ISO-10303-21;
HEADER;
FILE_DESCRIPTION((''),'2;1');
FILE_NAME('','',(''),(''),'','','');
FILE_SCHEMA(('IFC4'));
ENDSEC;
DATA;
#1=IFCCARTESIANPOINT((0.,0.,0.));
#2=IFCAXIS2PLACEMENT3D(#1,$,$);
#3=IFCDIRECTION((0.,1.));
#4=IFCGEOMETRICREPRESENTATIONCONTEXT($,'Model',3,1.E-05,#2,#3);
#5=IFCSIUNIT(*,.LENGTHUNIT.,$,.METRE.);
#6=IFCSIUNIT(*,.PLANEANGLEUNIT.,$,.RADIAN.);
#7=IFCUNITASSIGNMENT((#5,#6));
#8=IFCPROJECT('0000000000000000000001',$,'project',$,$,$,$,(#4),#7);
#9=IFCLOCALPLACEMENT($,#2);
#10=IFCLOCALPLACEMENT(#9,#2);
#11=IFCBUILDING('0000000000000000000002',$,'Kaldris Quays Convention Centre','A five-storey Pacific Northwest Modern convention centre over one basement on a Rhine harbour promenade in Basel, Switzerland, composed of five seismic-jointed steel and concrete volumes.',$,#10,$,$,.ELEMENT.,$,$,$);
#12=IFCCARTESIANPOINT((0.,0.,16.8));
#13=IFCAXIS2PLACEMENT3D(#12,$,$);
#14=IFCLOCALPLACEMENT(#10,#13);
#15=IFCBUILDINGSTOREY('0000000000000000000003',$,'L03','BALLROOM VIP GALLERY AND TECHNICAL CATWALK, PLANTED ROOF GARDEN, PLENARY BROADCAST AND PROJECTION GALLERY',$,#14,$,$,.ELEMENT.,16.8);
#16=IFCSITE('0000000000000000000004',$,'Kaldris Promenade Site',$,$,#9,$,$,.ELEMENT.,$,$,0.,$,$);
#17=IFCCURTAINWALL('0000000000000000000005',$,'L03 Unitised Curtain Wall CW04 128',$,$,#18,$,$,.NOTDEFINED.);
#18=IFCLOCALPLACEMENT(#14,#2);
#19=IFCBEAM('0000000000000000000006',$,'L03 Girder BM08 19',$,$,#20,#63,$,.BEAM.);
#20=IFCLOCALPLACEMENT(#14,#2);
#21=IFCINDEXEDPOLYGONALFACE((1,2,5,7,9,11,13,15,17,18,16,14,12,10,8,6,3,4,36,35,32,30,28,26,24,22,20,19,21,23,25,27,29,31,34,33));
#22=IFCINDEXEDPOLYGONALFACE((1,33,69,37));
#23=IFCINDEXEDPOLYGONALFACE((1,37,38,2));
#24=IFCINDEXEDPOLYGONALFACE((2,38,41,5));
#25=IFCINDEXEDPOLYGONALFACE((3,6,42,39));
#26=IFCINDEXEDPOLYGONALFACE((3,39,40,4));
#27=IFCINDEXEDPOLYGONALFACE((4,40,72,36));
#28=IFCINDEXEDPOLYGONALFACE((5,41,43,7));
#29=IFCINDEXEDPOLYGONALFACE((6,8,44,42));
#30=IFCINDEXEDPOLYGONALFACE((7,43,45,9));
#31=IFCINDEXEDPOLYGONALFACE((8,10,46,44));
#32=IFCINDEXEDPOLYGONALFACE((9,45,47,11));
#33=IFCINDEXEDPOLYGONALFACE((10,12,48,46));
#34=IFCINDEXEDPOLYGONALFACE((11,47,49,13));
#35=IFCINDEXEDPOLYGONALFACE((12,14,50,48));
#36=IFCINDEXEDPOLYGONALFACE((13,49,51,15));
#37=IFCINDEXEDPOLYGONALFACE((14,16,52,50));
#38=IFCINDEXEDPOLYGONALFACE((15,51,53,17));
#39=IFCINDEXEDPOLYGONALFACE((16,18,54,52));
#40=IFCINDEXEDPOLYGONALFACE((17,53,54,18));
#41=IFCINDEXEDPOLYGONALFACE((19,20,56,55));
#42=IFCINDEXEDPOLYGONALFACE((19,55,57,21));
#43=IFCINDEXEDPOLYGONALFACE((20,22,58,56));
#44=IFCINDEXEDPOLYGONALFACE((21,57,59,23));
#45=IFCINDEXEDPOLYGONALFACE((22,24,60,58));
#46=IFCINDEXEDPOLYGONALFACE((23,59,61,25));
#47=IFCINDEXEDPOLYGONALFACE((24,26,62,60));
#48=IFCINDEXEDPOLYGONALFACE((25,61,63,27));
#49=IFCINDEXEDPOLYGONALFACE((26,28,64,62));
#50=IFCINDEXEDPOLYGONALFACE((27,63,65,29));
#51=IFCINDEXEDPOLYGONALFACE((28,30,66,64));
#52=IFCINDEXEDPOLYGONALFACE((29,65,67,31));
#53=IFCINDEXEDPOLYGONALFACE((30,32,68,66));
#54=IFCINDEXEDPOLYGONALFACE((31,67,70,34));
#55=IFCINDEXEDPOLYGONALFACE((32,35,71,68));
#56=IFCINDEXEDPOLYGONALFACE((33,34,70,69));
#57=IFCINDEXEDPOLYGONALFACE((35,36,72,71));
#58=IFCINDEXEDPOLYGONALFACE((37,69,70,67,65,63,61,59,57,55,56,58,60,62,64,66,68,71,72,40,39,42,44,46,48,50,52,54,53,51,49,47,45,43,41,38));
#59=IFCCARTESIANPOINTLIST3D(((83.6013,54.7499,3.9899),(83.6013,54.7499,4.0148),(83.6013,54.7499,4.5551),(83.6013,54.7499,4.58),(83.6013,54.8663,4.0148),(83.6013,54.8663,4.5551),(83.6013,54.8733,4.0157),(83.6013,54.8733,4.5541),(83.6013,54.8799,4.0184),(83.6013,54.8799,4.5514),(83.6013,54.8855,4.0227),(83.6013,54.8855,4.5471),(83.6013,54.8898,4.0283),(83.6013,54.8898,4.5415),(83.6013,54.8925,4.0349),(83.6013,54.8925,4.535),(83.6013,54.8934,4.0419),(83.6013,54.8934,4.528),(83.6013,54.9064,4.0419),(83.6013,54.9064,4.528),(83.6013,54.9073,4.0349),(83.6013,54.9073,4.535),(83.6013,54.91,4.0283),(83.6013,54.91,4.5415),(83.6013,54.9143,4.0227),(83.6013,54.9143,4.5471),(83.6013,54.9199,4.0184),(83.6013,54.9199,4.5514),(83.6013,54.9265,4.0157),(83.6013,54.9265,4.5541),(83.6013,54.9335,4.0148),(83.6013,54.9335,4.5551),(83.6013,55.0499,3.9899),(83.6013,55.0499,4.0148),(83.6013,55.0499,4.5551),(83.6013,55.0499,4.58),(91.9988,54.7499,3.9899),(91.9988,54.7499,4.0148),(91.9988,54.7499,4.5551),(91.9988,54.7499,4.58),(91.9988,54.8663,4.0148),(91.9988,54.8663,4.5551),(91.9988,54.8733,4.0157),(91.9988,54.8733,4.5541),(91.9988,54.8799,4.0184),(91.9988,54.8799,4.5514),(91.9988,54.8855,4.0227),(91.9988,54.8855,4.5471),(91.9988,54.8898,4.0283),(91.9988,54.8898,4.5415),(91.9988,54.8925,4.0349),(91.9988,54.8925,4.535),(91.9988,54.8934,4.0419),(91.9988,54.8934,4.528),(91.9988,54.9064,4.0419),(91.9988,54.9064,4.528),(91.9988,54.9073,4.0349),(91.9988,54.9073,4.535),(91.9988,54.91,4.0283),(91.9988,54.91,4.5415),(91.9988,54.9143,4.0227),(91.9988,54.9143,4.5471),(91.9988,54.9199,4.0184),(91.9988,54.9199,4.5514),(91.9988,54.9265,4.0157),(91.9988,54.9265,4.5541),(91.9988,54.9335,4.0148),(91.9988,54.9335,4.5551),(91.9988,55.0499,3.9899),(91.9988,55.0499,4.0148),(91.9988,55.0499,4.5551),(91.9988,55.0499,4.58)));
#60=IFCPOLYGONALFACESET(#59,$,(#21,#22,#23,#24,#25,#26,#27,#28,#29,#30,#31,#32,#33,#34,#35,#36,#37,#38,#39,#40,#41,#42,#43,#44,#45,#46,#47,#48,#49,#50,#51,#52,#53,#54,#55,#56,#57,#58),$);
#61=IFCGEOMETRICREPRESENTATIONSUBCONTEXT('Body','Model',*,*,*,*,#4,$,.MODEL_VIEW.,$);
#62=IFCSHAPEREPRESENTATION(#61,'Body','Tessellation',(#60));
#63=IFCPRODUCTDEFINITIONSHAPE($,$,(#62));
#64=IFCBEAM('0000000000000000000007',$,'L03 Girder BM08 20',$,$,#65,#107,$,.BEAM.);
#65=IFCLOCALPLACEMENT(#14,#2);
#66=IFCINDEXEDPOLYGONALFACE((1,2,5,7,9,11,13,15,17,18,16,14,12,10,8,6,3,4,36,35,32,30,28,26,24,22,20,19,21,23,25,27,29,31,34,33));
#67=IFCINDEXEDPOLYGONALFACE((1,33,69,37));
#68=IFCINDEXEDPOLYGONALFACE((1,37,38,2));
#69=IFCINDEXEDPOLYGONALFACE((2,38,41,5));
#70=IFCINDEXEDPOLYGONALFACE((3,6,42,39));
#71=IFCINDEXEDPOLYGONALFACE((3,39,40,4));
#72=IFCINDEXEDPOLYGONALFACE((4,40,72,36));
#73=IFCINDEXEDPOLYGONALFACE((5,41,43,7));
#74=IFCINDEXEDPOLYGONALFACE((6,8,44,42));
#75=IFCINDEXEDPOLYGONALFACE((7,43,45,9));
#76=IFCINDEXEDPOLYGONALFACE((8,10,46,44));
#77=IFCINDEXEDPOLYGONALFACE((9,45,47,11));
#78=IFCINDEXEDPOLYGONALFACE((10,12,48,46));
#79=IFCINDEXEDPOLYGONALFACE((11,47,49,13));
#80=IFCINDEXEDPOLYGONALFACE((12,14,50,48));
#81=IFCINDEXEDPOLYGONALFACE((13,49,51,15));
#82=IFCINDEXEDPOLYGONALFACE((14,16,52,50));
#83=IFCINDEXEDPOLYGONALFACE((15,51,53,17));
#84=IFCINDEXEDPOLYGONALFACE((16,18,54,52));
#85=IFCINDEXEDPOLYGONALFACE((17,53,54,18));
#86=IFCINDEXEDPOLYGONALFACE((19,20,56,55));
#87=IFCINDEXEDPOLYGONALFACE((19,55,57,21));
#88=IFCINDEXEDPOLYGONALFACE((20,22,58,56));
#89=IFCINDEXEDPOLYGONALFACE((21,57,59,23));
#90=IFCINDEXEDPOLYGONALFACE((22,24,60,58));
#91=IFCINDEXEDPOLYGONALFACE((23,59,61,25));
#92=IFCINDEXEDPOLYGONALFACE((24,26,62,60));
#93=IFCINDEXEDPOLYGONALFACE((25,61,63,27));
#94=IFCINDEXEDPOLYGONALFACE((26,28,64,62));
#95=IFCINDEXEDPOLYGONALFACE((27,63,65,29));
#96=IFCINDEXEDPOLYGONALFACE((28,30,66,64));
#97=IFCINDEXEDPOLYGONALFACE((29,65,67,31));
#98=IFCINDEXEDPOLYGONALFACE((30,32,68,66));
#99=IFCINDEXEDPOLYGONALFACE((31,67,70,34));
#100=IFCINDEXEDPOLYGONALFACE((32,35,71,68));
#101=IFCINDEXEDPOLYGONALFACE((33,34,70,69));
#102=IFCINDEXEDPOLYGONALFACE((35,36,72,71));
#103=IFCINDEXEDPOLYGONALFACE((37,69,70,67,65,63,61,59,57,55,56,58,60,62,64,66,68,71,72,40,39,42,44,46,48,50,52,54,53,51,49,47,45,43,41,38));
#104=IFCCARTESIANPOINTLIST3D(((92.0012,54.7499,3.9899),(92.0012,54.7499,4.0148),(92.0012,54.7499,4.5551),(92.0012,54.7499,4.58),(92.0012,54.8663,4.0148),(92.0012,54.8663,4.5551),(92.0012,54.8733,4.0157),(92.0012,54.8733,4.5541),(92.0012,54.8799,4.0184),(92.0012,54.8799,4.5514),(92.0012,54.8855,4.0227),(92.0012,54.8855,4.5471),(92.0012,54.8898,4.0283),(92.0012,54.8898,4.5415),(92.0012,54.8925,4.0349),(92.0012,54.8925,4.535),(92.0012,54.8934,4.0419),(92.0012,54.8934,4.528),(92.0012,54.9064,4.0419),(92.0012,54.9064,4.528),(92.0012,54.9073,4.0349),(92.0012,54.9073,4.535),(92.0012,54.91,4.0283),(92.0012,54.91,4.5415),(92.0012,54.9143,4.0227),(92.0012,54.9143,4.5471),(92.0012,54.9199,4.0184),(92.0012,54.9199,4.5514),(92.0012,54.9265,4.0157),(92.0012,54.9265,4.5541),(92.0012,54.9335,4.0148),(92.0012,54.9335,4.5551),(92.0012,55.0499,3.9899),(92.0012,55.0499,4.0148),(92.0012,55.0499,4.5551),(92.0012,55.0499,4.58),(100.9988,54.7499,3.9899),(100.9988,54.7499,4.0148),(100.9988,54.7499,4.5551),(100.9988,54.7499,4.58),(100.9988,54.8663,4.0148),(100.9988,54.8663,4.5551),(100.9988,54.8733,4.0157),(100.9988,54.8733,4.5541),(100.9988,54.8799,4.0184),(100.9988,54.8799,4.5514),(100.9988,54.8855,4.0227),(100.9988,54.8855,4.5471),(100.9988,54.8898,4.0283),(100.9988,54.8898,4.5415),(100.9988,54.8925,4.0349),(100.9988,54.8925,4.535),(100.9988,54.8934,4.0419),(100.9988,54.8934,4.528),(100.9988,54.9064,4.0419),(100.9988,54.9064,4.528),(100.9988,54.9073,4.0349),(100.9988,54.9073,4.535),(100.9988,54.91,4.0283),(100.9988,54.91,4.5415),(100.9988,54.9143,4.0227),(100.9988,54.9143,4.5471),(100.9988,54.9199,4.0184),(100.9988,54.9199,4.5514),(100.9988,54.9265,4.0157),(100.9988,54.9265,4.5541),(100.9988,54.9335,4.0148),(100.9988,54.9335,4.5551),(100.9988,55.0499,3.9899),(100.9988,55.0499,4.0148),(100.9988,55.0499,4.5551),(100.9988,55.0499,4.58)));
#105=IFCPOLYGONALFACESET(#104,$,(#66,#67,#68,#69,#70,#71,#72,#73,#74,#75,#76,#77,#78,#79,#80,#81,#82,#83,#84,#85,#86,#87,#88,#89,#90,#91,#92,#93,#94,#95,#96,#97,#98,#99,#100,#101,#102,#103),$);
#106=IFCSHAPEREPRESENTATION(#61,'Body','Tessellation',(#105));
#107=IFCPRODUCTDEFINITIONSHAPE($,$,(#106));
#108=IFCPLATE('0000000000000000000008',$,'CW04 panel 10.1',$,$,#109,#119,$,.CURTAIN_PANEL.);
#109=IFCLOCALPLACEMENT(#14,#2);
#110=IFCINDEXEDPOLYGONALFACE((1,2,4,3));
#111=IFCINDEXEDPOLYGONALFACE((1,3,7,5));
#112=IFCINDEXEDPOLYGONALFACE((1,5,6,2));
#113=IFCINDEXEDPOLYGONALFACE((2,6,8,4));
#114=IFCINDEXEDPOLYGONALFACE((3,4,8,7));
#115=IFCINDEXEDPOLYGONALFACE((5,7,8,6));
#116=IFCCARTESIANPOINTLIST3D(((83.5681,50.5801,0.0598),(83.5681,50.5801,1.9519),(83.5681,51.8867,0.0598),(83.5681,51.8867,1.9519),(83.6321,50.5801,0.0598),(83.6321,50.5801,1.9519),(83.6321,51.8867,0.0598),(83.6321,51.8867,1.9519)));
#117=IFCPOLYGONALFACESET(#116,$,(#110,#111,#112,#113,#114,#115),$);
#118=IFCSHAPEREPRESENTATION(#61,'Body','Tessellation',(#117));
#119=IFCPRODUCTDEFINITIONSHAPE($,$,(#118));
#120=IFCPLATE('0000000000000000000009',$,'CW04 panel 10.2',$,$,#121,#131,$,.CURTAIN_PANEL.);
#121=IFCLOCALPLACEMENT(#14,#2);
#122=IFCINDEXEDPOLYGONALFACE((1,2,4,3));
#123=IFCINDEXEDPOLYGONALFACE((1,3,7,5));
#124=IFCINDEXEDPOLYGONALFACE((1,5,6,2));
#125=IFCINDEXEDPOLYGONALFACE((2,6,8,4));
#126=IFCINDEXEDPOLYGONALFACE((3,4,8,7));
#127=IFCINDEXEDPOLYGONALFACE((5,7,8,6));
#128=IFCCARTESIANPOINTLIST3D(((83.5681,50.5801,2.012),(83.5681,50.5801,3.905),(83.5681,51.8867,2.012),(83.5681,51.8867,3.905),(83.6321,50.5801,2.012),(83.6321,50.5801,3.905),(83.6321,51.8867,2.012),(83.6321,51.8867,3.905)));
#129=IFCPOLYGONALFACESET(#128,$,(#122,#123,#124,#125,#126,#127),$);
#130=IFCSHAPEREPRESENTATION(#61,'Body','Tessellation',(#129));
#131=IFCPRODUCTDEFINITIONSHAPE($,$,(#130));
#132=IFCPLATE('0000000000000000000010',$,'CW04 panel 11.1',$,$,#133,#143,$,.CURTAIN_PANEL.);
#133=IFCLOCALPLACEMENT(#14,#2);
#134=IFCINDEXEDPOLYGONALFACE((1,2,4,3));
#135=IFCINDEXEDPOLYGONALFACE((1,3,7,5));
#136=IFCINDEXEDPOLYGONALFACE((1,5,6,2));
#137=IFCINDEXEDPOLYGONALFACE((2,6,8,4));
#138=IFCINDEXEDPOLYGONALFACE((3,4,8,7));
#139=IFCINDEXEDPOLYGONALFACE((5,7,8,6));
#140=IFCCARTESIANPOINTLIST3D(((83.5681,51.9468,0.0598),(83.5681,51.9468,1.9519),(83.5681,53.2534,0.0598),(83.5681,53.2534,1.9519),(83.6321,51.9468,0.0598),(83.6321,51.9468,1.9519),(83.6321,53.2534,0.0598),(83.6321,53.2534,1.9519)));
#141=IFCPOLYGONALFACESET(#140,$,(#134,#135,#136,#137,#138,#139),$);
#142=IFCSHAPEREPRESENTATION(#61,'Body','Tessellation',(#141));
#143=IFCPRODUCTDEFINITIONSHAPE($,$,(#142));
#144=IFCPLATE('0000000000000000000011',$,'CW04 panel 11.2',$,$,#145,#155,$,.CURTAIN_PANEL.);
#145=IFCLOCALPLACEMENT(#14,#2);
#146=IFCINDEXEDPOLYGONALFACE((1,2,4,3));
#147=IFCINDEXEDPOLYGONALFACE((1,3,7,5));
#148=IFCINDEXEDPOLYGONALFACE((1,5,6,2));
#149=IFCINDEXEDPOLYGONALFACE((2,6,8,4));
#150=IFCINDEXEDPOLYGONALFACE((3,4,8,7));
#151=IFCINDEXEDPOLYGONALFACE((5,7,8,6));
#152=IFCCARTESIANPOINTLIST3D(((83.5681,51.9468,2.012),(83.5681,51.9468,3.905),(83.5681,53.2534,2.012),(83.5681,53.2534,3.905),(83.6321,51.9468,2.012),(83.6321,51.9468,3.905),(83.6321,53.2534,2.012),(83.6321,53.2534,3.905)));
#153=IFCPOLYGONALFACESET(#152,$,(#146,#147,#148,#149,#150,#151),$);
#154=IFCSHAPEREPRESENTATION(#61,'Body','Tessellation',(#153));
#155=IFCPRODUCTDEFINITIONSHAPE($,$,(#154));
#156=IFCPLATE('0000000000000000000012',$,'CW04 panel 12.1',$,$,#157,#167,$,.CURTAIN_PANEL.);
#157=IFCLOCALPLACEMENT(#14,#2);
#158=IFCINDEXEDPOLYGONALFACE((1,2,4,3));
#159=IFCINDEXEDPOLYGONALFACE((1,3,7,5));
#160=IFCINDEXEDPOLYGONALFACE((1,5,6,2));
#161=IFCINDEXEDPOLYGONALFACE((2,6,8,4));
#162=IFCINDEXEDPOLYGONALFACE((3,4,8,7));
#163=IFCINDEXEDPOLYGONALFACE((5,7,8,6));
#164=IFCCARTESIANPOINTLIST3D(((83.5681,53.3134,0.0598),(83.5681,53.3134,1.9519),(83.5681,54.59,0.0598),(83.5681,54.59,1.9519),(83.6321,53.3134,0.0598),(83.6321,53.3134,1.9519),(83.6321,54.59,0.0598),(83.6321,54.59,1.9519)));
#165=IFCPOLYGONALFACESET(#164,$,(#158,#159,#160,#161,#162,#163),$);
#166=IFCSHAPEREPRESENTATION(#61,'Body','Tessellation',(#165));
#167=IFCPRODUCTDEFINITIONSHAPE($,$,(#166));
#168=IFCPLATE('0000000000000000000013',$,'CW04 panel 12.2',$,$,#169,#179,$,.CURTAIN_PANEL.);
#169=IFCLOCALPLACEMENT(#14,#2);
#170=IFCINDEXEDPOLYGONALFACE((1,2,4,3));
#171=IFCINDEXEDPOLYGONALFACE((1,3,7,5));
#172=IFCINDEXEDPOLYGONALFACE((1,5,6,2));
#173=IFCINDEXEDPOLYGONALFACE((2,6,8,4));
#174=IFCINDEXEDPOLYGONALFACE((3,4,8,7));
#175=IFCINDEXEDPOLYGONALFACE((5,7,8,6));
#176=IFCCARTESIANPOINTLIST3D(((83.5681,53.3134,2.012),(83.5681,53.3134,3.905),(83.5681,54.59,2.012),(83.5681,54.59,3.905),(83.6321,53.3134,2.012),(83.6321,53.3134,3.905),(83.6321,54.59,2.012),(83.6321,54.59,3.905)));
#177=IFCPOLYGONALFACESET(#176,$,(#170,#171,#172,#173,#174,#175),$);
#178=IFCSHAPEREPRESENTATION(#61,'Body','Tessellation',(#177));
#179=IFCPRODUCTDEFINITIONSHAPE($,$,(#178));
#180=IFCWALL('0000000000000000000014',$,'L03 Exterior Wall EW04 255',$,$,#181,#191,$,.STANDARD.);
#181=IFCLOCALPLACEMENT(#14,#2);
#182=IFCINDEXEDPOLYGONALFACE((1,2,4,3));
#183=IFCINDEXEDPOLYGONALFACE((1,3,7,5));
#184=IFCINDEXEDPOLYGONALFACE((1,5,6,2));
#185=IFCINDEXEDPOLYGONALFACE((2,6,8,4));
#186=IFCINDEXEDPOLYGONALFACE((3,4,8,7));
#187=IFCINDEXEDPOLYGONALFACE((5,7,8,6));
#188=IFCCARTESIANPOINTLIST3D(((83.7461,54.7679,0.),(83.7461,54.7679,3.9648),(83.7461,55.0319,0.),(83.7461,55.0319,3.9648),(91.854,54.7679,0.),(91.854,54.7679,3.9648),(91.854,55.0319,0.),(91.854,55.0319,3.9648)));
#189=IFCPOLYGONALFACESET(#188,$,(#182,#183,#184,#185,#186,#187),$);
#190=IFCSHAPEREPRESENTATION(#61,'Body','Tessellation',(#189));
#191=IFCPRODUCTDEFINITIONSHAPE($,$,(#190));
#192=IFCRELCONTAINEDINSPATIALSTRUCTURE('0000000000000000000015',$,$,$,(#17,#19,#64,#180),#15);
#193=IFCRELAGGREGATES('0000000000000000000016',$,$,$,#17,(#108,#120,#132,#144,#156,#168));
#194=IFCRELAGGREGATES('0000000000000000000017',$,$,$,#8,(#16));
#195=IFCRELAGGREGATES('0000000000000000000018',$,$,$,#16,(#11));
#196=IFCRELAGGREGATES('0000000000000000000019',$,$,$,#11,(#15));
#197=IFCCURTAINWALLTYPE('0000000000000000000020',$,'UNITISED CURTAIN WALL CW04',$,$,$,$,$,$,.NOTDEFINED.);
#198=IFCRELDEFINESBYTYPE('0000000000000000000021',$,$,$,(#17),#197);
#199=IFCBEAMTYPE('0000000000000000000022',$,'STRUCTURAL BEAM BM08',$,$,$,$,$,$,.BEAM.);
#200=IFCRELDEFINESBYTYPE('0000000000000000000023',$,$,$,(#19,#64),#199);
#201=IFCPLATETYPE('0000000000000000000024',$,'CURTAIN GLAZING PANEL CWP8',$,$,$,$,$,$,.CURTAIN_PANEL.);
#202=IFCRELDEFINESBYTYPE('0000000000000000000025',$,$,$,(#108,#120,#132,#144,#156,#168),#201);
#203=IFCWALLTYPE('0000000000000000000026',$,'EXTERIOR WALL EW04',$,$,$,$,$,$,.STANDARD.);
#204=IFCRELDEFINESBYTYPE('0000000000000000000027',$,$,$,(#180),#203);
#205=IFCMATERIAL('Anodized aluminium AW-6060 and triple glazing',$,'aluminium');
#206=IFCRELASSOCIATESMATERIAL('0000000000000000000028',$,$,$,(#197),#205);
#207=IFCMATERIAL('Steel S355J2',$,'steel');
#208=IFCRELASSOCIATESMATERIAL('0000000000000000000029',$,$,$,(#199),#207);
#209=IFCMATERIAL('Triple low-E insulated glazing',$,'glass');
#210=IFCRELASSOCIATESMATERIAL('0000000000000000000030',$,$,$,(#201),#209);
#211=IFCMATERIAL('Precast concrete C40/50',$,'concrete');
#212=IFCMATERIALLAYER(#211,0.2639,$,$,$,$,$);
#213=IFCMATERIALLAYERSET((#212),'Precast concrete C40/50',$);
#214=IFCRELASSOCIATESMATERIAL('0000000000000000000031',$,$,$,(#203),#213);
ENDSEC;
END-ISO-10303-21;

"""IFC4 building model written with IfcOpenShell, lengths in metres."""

from ifc_helpers import new_model, si_unit, direction, frame, frame_2d, origin, origin_2d, place, context, subcontext, project, spatial, rectangle, i_section, extrude, material, layer, layer_set, material_profile, profile_set, type_object, element, aggregate, save


model = new_model("IFC4")

# Units and contexts
model_context = context("Model", 3, precision=1e-05, world=origin(), true_north=direction((0.0, 1.0)))
body_context = subcontext(model_context, "Body", "Model", "MODEL_VIEW")
ifc_project = project(units=[si_unit("LENGTHUNIT", "METRE"), si_unit("PLANEANGLEUNIT", "RADIAN")], contexts=[model_context])

# Site, building, storey
site_placement = place(None, origin())
site = spatial("IfcSite", under=ifc_project, at=site_placement, Name="Kaldris Promenade Site", CompositionType="ELEMENT", RefElevation=0.0)
building_placement = place(site_placement, origin())
building = spatial("IfcBuilding", under=site, at=building_placement, Name="Kaldris Quays Convention Centre", Description="A five-storey Pacific Northwest Modern convention centre over one basement on a Rhine harbour promenade in Basel, Switzerland, composed of five seismic-jointed steel and concrete volumes.", CompositionType="ELEMENT")
storey_placement = place(building_placement, frame((0.0, 0.0, 16.8)))
storey = spatial("IfcBuildingStorey", under=building, at=storey_placement, Name="L03", Description="BALLROOM VIP GALLERY AND TECHNICAL CATWALK, PLANTED ROOF GARDEN, PLENARY BROADCAST AND PROJECTION GALLERY", CompositionType="ELEMENT", Elevation=16.8)

# Shared definitions
ifc_material_1 = material(Name="Steel S355J2", Category="steel")

# Curtain wall
ifc_material_2 = material(Name="Anodized aluminium AW-6060 and triple glazing", Category="aluminium")
curtain_wall_type = type_object("IfcCurtainWallType", Name="UNITISED CURTAIN WALL CW04", PredefinedType="NOTDEFINED", material=ifc_material_2)
curtain_wall_placement = place(storey_placement, origin())
curtain_wall = element("IfcCurtainWall", 1, at=curtain_wall_placement, inside=storey, type_object=curtain_wall_type, Name="L03 Unitised Curtain Wall CW04 128", PredefinedType="NOTDEFINED")

# Beams
ifc_material_profile_1 = material_profile(ifc_material_1, i_section(OverallWidth=0.3, OverallDepth=0.5901, WebThickness=0.0129, FlangeThickness=0.0249, FilletRadius=0.0271, at=origin_2d()), Name="HEA 600")
ifc_profile_set_1 = profile_set([ifc_material_profile_1], Name="Steel S355J2")
beam_type = type_object("IfcBeamType", Name="STRUCTURAL BEAM BM08", PredefinedType="BEAM", material=ifc_profile_set_1)
beam_1_placement = place(storey_placement, frame((83.6013, 54.8999, 4.2849), z_axis=(1.0, 0.0, 0.0), x_axis=(0.0, 1.0, 0.0)))
element("IfcBeam", 2, at=beam_1_placement, inside=storey, type_object=beam_type, Name="L03 Girder BM08 19", PredefinedType="BEAM", context=body_context, shape_type="SweptSolid", body=[
    extrude(i_section(OverallWidth=0.3, OverallDepth=0.5901, WebThickness=0.0129, FlangeThickness=0.0249, FilletRadius=0.0271, at=origin_2d()), origin(), (0.0, 0.0, 1.0), 8.3975),
])
beam_2_placement = place(storey_placement, frame((92.0012, 54.8999, 4.2849), z_axis=(1.0, 0.0, 0.0), x_axis=(0.0, 1.0, 0.0)))
element("IfcBeam", 3, at=beam_2_placement, inside=storey, type_object=beam_type, Name="L03 Girder BM08 20", PredefinedType="BEAM", context=body_context, shape_type="SweptSolid", body=[
    extrude(i_section(OverallWidth=0.3, OverallDepth=0.5901, WebThickness=0.0129, FlangeThickness=0.0249, FilletRadius=0.0271, at=origin_2d()), origin(), (0.0, 0.0, 1.0), 8.9976),
])

# Plates
ifc_material_3 = material(Name="Triple low-E insulated glazing", Category="glass")
plate_type = type_object("IfcPlateType", Name="CURTAIN GLAZING PANEL CWP8", PredefinedType="CURTAIN_PANEL", material=ifc_material_3)
plate_1_placement = place(storey_placement, frame((83.6001, 51.2334, 0.0598), z_axis=(0.0, 0.0, 1.0), x_axis=(0.0, 1.0, 0.0)))
plate_1 = element("IfcPlate", 4, at=plate_1_placement, type_object=plate_type, Name="CW04 panel 10.1", PredefinedType="CURTAIN_PANEL", context=body_context, shape_type="SweptSolid", body=[
    extrude(rectangle(XDim=1.3066, YDim=0.064, at=origin_2d()), origin(), (0.0, 0.0, 1.0), 1.8921),
])
plate_2_placement = place(storey_placement, frame((83.6001, 51.2334, 2.012), z_axis=(0.0, 0.0, 1.0), x_axis=(0.0, 1.0, 0.0)))
plate_2 = element("IfcPlate", 5, at=plate_2_placement, type_object=plate_type, Name="CW04 panel 10.2", PredefinedType="CURTAIN_PANEL", context=body_context, shape_type="SweptSolid", body=[
    extrude(rectangle(XDim=1.3066, YDim=0.064, at=origin_2d()), origin(), (0.0, 0.0, 1.0), 1.8931),
])
plate_3_placement = place(storey_placement, frame((83.6001, 52.6001, 0.0598), z_axis=(0.0, 0.0, 1.0), x_axis=(0.0, 1.0, 0.0)))
plate_3 = element("IfcPlate", 6, at=plate_3_placement, type_object=plate_type, Name="CW04 panel 11.1", PredefinedType="CURTAIN_PANEL", context=body_context, shape_type="SweptSolid", body=[
    extrude(rectangle(XDim=1.3066, YDim=0.064, at=origin_2d()), origin(), (0.0, 0.0, 1.0), 1.8921),
])
plate_4_placement = place(storey_placement, frame((83.6001, 52.6001, 2.012), z_axis=(0.0, 0.0, 1.0), x_axis=(0.0, 1.0, 0.0)))
plate_4 = element("IfcPlate", 7, at=plate_4_placement, type_object=plate_type, Name="CW04 panel 11.2", PredefinedType="CURTAIN_PANEL", context=body_context, shape_type="SweptSolid", body=[
    extrude(rectangle(XDim=1.3066, YDim=0.064, at=origin_2d()), origin(), (0.0, 0.0, 1.0), 1.8931),
])
plate_5_placement = place(storey_placement, frame((83.6001, 53.9517, 0.0598), z_axis=(0.0, 0.0, 1.0), x_axis=(0.0, 1.0, 0.0)))
plate_5 = element("IfcPlate", 8, at=plate_5_placement, type_object=plate_type, Name="CW04 panel 12.1", PredefinedType="CURTAIN_PANEL", context=body_context, shape_type="SweptSolid", body=[
    extrude(rectangle(XDim=1.2766, YDim=0.064, at=origin_2d()), origin(), (0.0, 0.0, 1.0), 1.8921),
])
plate_6_placement = place(storey_placement, frame((83.6001, 53.9517, 2.012), z_axis=(0.0, 0.0, 1.0), x_axis=(0.0, 1.0, 0.0)))
plate_6 = element("IfcPlate", 9, at=plate_6_placement, type_object=plate_type, Name="CW04 panel 12.2", PredefinedType="CURTAIN_PANEL", context=body_context, shape_type="SweptSolid", body=[
    extrude(rectangle(XDim=1.2766, YDim=0.064, at=origin_2d()), origin(), (0.0, 0.0, 1.0), 1.8931),
])
aggregate(curtain_wall, [plate_1, plate_2, plate_3, plate_4, plate_5, plate_6])

# Wall
ifc_material_4 = material(Name="Precast concrete C40/50", Category="concrete")
ifc_layer = layer(ifc_material_4, 0.2639)
ifc_layer_set = layer_set([ifc_layer], Name="Precast concrete C40/50")
wall_type = type_object("IfcWallType", Name="EXTERIOR WALL EW04", PredefinedType="STANDARD", material=ifc_layer_set)
wall_1_placement = place(storey_placement, frame((83.7461, 54.8999, 0.0), z_axis=(0.0, 0.0, 1.0), x_axis=(1.0, 0.0, 0.0)))
element("IfcWall", 10, at=wall_1_placement, inside=storey, type_object=wall_type, Name="L03 Exterior Wall EW04 255", PredefinedType="STANDARD", context=body_context, shape_type="SweptSolid", body=[
    extrude(rectangle(XDim=8.1079, YDim=0.2639, at=frame_2d((4.054, 0.0))), origin(), (0.0, 0.0, 1.0), 3.9648),
])

save(model, "model.ifc")
